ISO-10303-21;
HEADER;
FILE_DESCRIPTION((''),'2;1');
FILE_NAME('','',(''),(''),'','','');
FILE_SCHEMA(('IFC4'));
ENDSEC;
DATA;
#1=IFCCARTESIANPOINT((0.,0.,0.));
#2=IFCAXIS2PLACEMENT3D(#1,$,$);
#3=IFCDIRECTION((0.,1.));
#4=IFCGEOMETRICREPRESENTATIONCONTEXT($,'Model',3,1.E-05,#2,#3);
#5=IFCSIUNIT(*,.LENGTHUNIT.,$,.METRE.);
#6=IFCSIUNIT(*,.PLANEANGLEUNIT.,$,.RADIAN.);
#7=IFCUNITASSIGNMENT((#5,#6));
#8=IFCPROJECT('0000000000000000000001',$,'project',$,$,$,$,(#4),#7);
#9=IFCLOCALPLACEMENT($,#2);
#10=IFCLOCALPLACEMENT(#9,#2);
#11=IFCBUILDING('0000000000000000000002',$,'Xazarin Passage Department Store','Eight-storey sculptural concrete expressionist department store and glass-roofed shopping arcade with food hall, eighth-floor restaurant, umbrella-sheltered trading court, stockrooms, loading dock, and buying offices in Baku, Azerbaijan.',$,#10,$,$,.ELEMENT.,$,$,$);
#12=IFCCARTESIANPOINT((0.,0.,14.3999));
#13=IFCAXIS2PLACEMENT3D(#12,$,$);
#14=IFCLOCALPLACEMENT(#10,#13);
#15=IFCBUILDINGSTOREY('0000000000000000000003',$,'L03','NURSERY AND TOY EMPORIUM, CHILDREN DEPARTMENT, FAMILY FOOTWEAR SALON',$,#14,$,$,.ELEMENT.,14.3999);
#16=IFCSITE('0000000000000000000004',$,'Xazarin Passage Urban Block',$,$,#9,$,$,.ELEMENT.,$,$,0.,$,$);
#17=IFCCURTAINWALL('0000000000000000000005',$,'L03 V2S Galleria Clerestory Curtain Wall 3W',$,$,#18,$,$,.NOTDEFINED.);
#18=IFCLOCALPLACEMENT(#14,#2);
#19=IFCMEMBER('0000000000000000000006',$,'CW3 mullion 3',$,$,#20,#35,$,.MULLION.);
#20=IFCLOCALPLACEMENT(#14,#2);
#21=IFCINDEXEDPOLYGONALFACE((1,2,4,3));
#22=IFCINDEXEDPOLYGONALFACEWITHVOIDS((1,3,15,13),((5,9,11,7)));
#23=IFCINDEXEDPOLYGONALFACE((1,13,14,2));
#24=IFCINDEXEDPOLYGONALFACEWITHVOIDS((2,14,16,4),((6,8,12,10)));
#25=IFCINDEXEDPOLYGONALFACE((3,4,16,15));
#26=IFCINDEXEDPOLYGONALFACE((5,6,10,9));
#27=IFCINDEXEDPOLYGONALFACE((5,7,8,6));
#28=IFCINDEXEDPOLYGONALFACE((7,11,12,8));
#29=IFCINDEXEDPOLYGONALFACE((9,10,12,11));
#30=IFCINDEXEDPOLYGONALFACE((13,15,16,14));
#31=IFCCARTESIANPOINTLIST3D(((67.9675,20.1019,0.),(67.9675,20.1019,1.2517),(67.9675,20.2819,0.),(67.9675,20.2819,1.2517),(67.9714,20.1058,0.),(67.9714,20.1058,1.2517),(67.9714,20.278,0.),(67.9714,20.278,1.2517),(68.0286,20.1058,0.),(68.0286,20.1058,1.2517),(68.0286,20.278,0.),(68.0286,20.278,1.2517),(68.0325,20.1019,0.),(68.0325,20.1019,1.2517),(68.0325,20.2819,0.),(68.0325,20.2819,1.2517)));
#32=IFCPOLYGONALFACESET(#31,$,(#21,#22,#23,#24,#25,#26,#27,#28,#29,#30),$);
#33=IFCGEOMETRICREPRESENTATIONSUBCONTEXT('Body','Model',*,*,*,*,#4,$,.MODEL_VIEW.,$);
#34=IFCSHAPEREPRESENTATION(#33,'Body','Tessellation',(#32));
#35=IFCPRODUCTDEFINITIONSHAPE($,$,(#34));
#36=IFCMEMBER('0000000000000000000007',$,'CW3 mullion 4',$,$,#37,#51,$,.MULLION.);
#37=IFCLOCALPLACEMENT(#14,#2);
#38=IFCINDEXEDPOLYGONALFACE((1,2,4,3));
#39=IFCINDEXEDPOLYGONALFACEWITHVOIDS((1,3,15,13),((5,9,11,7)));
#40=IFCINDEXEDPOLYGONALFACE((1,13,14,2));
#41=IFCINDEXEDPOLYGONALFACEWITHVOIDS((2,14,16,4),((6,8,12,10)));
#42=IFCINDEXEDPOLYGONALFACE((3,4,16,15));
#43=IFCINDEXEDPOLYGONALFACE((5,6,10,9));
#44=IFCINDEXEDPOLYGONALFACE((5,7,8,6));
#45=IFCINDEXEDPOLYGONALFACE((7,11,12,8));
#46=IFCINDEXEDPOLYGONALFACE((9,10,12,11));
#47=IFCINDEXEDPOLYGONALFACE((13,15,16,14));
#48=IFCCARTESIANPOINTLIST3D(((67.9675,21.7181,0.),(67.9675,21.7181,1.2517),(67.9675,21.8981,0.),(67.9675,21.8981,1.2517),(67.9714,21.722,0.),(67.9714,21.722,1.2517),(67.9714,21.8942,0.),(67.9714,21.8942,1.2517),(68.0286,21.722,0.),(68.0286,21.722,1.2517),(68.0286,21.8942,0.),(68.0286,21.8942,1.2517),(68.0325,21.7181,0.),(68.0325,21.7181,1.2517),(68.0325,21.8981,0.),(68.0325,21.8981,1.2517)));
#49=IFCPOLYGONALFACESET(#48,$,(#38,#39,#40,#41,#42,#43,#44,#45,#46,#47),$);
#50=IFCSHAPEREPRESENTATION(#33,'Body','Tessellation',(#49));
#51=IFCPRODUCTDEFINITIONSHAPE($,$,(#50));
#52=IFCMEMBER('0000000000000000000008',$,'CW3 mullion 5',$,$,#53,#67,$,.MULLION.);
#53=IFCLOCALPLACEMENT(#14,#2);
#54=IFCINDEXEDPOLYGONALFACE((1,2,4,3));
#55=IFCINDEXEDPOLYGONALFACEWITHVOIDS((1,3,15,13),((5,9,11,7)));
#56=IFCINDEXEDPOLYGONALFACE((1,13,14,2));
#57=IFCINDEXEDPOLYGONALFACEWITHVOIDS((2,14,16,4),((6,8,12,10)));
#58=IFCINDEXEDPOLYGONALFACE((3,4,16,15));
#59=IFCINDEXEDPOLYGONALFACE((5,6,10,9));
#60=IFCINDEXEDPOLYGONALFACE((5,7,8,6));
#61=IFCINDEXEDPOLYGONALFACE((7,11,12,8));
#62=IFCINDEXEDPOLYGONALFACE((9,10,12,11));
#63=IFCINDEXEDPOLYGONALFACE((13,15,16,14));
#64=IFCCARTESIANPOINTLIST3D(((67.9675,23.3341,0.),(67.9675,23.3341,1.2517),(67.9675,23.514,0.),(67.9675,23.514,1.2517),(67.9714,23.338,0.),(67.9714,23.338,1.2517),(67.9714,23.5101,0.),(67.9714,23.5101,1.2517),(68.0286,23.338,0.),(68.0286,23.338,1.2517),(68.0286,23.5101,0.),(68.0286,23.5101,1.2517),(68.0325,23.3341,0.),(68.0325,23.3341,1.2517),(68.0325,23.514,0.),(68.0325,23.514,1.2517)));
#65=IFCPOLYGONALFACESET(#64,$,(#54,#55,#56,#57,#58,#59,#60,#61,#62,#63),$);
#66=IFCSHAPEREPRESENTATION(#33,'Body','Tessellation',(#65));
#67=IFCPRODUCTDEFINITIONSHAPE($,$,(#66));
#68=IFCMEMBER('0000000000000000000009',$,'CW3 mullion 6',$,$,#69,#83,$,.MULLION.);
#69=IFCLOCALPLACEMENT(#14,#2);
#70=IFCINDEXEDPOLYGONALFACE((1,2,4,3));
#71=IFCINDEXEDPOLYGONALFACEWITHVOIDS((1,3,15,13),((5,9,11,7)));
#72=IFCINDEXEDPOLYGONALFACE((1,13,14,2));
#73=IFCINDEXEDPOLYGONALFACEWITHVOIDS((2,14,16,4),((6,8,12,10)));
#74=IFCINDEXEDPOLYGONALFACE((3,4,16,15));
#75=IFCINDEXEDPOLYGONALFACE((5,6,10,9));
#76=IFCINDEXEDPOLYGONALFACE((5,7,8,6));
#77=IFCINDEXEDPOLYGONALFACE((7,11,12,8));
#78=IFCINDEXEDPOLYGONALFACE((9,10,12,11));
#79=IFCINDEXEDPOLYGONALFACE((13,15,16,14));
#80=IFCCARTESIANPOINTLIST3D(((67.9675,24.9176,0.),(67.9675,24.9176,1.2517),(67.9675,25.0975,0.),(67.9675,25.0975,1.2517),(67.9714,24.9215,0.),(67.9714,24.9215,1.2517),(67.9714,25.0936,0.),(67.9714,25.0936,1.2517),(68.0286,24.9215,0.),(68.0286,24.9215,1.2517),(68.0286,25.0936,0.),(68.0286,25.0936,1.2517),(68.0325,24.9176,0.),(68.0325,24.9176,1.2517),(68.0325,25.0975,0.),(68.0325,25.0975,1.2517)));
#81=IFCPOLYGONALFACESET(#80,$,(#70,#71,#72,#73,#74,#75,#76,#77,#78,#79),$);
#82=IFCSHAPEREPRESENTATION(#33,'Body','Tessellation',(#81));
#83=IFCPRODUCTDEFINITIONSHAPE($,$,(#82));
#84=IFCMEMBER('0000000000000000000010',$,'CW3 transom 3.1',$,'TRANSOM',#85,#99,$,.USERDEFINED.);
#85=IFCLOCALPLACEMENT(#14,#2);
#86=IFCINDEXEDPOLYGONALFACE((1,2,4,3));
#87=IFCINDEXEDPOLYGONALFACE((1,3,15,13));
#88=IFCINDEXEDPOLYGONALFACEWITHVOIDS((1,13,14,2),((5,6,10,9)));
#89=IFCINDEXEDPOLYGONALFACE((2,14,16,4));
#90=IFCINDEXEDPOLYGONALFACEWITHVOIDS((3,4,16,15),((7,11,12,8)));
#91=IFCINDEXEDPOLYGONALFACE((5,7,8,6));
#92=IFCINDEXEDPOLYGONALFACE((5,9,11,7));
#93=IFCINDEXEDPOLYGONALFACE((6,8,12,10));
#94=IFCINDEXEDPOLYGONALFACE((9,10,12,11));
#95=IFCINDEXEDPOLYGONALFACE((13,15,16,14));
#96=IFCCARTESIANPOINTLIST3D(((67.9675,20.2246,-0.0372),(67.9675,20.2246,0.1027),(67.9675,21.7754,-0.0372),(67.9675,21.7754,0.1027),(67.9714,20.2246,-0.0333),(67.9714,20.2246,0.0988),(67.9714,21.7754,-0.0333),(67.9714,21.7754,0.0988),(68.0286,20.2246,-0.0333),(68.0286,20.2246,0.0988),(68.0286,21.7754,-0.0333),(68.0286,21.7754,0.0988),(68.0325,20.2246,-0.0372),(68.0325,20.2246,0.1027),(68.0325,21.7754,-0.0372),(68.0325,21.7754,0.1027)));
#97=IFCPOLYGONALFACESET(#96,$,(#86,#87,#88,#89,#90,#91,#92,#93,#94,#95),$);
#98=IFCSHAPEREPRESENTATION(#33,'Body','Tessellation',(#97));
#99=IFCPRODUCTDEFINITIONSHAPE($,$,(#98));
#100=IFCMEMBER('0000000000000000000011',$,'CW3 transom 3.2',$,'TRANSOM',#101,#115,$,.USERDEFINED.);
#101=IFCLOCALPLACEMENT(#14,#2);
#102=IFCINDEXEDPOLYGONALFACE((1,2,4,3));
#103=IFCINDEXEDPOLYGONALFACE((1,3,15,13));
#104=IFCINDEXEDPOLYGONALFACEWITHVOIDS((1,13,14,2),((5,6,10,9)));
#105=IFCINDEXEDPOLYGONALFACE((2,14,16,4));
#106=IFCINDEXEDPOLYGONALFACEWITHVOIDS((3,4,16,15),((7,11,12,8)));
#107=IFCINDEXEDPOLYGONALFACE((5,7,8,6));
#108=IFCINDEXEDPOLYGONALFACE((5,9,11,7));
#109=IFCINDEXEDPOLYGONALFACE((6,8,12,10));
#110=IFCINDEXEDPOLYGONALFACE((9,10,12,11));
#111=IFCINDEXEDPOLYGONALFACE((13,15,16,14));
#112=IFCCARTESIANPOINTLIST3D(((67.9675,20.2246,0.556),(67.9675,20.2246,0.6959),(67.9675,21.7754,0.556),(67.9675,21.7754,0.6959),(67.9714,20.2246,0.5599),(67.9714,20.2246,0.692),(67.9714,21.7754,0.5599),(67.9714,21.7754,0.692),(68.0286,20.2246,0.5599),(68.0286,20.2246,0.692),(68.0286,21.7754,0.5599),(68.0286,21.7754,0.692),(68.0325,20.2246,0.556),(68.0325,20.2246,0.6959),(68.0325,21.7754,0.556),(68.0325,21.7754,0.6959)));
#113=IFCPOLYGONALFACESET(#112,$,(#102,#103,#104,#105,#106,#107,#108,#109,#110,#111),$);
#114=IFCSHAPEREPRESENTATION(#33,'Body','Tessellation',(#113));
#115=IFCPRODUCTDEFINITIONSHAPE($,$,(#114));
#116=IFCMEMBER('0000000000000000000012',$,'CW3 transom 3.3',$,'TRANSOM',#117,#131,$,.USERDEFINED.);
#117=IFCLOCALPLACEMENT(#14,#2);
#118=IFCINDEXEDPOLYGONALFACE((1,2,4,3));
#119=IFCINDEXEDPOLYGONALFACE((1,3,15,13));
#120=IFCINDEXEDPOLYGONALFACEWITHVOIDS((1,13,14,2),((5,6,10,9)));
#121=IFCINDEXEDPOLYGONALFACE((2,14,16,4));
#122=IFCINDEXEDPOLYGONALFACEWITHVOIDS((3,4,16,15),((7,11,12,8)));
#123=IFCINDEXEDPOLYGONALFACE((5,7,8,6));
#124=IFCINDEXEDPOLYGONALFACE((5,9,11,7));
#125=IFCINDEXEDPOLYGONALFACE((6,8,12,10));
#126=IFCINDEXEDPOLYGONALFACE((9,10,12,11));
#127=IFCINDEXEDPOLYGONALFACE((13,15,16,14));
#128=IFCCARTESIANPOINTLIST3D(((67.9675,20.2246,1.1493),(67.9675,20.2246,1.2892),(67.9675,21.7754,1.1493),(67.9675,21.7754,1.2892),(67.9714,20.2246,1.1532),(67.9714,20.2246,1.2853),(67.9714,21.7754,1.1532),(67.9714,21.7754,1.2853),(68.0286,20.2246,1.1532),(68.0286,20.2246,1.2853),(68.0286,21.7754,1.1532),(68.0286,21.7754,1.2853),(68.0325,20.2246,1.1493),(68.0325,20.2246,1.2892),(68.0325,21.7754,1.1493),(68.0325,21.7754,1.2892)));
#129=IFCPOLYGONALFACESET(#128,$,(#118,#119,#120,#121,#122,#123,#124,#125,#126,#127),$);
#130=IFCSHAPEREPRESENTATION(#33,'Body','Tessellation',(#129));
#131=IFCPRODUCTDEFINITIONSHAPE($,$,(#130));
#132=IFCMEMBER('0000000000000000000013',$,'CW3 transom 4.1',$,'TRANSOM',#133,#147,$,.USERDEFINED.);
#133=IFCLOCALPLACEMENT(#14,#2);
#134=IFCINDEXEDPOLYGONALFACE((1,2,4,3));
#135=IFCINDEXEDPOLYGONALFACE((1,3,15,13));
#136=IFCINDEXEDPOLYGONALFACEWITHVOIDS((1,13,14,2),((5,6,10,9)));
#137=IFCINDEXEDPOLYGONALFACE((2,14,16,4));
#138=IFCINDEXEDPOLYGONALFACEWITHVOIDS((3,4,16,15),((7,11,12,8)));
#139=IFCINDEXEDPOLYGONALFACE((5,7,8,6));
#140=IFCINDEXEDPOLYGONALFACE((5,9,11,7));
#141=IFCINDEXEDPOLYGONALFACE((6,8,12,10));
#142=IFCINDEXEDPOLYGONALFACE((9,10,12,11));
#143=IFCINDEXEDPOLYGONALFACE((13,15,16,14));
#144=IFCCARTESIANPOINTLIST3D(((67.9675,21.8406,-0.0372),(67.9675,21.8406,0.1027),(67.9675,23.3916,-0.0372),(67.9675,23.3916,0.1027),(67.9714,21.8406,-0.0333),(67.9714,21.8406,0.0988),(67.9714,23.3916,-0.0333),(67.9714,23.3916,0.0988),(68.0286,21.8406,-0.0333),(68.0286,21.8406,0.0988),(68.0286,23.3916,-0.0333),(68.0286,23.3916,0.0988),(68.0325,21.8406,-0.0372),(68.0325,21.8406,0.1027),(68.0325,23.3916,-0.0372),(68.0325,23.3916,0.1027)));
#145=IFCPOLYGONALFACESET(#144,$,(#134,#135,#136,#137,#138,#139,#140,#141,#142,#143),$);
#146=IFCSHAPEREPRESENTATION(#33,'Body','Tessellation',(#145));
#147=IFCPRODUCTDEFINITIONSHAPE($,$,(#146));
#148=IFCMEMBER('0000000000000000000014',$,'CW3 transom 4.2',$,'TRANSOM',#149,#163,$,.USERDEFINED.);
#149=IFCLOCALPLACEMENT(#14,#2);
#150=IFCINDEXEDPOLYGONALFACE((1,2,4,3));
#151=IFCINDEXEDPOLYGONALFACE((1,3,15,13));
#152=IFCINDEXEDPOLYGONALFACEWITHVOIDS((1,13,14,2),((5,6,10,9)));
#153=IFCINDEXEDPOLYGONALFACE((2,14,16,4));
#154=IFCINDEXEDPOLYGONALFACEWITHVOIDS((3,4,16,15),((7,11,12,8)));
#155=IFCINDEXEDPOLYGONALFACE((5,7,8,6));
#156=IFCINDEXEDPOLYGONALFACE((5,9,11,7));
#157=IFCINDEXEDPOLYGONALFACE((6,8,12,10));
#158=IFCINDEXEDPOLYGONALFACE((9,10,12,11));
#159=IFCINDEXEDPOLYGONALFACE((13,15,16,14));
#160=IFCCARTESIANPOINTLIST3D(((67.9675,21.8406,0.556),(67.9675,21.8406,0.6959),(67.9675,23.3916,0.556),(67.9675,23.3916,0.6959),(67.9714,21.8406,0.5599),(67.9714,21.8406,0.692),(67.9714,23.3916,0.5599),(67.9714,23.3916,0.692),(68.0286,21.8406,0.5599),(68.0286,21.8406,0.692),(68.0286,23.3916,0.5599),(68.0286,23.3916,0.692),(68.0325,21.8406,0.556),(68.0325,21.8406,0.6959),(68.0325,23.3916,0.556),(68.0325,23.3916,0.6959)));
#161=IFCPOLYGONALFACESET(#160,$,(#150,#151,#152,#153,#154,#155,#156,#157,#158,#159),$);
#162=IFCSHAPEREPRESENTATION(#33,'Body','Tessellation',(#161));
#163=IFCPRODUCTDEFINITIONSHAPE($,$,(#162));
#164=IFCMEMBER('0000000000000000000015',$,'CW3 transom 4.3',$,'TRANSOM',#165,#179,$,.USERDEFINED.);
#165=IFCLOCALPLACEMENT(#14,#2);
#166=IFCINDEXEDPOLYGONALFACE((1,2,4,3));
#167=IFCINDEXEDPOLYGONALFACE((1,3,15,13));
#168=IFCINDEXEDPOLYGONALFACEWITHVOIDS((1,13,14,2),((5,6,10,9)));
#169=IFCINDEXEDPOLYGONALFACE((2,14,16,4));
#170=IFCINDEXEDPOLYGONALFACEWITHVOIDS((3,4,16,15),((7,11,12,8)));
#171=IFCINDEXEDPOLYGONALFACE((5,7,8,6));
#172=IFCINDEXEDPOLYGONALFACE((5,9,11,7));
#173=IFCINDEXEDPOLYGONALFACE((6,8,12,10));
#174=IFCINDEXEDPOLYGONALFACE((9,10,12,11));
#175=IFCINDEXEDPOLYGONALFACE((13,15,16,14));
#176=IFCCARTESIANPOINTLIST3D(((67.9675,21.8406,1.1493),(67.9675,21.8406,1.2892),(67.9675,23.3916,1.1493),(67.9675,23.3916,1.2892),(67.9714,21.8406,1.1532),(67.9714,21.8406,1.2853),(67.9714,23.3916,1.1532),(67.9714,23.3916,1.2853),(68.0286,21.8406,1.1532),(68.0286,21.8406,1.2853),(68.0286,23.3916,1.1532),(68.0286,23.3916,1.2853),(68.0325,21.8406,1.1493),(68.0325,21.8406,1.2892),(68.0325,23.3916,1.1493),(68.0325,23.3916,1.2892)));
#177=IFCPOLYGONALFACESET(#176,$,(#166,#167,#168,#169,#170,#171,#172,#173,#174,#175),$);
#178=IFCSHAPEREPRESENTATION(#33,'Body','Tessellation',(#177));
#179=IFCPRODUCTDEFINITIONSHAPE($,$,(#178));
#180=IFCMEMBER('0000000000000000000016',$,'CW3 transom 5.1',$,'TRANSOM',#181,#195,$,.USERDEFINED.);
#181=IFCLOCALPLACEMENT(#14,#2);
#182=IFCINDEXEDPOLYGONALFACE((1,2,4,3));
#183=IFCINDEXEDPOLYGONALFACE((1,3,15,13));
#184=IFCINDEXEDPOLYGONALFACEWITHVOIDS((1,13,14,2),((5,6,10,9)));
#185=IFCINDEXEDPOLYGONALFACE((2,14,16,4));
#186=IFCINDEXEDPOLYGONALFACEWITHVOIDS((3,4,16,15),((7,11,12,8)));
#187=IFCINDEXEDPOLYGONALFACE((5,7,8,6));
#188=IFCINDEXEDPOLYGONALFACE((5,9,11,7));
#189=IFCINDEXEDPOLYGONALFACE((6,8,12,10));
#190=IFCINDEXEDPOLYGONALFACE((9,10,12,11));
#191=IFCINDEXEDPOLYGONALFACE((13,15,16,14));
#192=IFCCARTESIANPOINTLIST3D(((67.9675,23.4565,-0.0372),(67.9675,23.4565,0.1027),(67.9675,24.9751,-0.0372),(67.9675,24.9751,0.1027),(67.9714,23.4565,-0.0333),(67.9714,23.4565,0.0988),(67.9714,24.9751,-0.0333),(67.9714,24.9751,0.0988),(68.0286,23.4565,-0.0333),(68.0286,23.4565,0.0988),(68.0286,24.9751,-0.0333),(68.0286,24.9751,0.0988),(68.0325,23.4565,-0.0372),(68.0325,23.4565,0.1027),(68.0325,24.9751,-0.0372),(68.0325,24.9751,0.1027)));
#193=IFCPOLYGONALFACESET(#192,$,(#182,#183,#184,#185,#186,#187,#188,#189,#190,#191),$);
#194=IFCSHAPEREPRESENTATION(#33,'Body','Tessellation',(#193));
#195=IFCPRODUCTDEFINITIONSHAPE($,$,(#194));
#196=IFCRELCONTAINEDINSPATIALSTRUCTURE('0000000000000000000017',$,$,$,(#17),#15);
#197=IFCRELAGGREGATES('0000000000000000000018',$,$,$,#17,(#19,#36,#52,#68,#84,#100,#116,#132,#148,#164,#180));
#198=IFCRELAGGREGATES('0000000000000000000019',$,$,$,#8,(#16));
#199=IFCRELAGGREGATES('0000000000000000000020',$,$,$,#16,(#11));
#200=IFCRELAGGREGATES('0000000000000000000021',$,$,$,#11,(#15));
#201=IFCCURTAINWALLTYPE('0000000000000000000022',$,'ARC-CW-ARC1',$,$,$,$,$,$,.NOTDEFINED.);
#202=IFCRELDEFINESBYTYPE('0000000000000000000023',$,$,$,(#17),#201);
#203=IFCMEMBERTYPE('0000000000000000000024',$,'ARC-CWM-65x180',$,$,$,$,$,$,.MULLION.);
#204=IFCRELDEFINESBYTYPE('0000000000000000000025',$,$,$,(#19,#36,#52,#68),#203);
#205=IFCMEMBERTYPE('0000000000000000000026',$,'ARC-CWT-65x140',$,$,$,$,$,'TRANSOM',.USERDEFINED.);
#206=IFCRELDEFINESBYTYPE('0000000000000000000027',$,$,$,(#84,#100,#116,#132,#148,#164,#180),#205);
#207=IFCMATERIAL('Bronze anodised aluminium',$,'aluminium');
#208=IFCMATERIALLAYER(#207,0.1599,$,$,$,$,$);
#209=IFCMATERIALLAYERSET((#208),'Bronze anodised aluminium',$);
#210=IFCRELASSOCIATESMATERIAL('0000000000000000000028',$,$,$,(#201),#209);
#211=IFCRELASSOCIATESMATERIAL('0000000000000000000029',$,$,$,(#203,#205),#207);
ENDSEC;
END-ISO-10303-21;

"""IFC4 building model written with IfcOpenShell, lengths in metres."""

from ifc_helpers import new_model, si_unit, direction, frame, origin, origin_2d, place, context, subcontext, project, spatial, hollow_rectangle, extrude, material, layer, layer_set, material_profile, profile_set, type_object, element, aggregate, save


model = new_model("IFC4")

# Units and contexts
model_context = context("Model", 3, precision=1e-05, world=origin(), true_north=direction((0.0, 1.0)))
body_context = subcontext(model_context, "Body", "Model", "MODEL_VIEW")
ifc_project = project(units=[si_unit("LENGTHUNIT", "METRE"), si_unit("PLANEANGLEUNIT", "RADIAN")], contexts=[model_context])

# Site, building, storey
site_placement = place(None, origin())
site = spatial("IfcSite", under=ifc_project, at=site_placement, Name="Xazarin Passage Urban Block", CompositionType="ELEMENT", RefElevation=0.0)
building_placement = place(site_placement, origin())
building = spatial("IfcBuilding", under=site, at=building_placement, Name="Xazarin Passage Department Store", Description="Eight-storey sculptural concrete expressionist department store and glass-roofed shopping arcade with food hall, eighth-floor restaurant, umbrella-sheltered trading court, stockrooms, loading dock, and buying offices in Baku, Azerbaijan.", CompositionType="ELEMENT")
storey_placement = place(building_placement, frame((0.0, 0.0, 14.3999)))
storey = spatial("IfcBuildingStorey", under=building, at=storey_placement, Name="L03", Description="NURSERY AND TOY EMPORIUM, CHILDREN DEPARTMENT, FAMILY FOOTWEAR SALON", CompositionType="ELEMENT", Elevation=14.3999)

# Curtain wall, members
ifc_material_1 = material(Name="Bronze anodised aluminium", Category="aluminium")
ifc_layer_1 = layer(ifc_material_1, 0.1599)
ifc_layer_set_1 = layer_set([ifc_layer_1], Name="Bronze anodised aluminium")
curtain_wall_type = type_object("IfcCurtainWallType", Name="ARC-CW-ARC1", PredefinedType="NOTDEFINED", material=ifc_layer_set_1)
curtain_wall_placement = place(storey_placement, origin())
curtain_wall = element("IfcCurtainWall", 1, at=curtain_wall_placement, inside=storey, type_object=curtain_wall_type, Name="L03 V2S Galleria Clerestory Curtain Wall 3W", PredefinedType="NOTDEFINED")
ifc_material_profile_1 = material_profile(ifc_material_1, hollow_rectangle(XDim=0.0649, YDim=0.1799, WallThickness=0.0039, at=origin_2d()), Name="ALU 65x180")
ifc_profile_set_1 = profile_set([ifc_material_profile_1], Name="Bronze anodised aluminium")
member_type_1 = type_object("IfcMemberType", Name="ARC-CWM-65x180", PredefinedType="MULLION", material=ifc_profile_set_1)
member_1_placement = place(storey_placement, frame((68.0, 20.1919, 0.0), z_axis=(0.0, 0.0, 1.0), x_axis=(-1.0, 0.0, 0.0)))
member_1 = element("IfcMember", 2, at=member_1_placement, type_object=member_type_1, Name="CW3 mullion 3", PredefinedType="MULLION", context=body_context, shape_type="SweptSolid", body=[
    extrude(hollow_rectangle(XDim=0.0649, YDim=0.1799, WallThickness=0.0039, at=origin_2d()), origin(), (0.0, 0.0, 1.0), 1.2517),
])
member_2_placement = place(storey_placement, frame((68.0, 21.8081, 0.0), z_axis=(0.0, 0.0, 1.0), x_axis=(-1.0, 0.0, 0.0)))
member_2 = element("IfcMember", 3, at=member_2_placement, type_object=member_type_1, Name="CW3 mullion 4", PredefinedType="MULLION", context=body_context, shape_type="SweptSolid", body=[
    extrude(hollow_rectangle(XDim=0.0649, YDim=0.1799, WallThickness=0.0039, at=origin_2d()), origin(), (0.0, 0.0, 1.0), 1.2517),
])
member_3_placement = place(storey_placement, frame((68.0, 23.4241, 0.0), z_axis=(0.0, 0.0, 1.0), x_axis=(-1.0, 0.0, 0.0)))
member_3 = element("IfcMember", 4, at=member_3_placement, type_object=member_type_1, Name="CW3 mullion 5", PredefinedType="MULLION", context=body_context, shape_type="SweptSolid", body=[
    extrude(hollow_rectangle(XDim=0.0649, YDim=0.1799, WallThickness=0.0039, at=origin_2d()), origin(), (0.0, 0.0, 1.0), 1.2517),
])
member_4_placement = place(storey_placement, frame((68.0, 25.0076, 0.0), z_axis=(0.0, 0.0, 1.0), x_axis=(-1.0, 0.0, 0.0)))
member_4 = element("IfcMember", 5, at=member_4_placement, type_object=member_type_1, Name="CW3 mullion 6", PredefinedType="MULLION", context=body_context, shape_type="SweptSolid", body=[
    extrude(hollow_rectangle(XDim=0.0649, YDim=0.1799, WallThickness=0.0039, at=origin_2d()), origin(), (0.0, 0.0, 1.0), 1.2517),
])
ifc_material_profile_2 = material_profile(ifc_material_1, hollow_rectangle(XDim=0.0649, YDim=0.1399, WallThickness=0.0039, at=origin_2d()), Name="ALU 65x140")
ifc_profile_set_2 = profile_set([ifc_material_profile_2], Name="Bronze anodised aluminium")
member_type_2 = type_object("IfcMemberType", Name="ARC-CWT-65x140", ElementType="TRANSOM", PredefinedType="USERDEFINED", material=ifc_profile_set_2)
member_5_placement = place(storey_placement, frame((68.0, 20.2246, 0.0327), z_axis=(0.0, 1.0, 0.0), x_axis=(-1.0, 0.0, 0.0)))
member_5 = element("IfcMember", 6, at=member_5_placement, type_object=member_type_2, Name="CW3 transom 3.1", ObjectType="TRANSOM", PredefinedType="USERDEFINED", context=body_context, shape_type="SweptSolid", body=[
    extrude(hollow_rectangle(XDim=0.0649, YDim=0.1399, WallThickness=0.0039, at=origin_2d()), origin(), (0.0, 0.0, 1.0), 1.5508),
])
member_6_placement = place(storey_placement, frame((68.0, 20.2246, 0.626), z_axis=(0.0, 1.0, 0.0), x_axis=(-1.0, 0.0, 0.0)))
member_6 = element("IfcMember", 7, at=member_6_placement, type_object=member_type_2, Name="CW3 transom 3.2", ObjectType="TRANSOM", PredefinedType="USERDEFINED", context=body_context, shape_type="SweptSolid", body=[
    extrude(hollow_rectangle(XDim=0.0649, YDim=0.1399, WallThickness=0.0039, at=origin_2d()), origin(), (0.0, 0.0, 1.0), 1.5508),
])
member_7_placement = place(storey_placement, frame((68.0, 20.2246, 1.2192), z_axis=(0.0, 1.0, 0.0), x_axis=(-1.0, 0.0, 0.0)))
member_7 = element("IfcMember", 8, at=member_7_placement, type_object=member_type_2, Name="CW3 transom 3.3", ObjectType="TRANSOM", PredefinedType="USERDEFINED", context=body_context, shape_type="SweptSolid", body=[
    extrude(hollow_rectangle(XDim=0.0649, YDim=0.1399, WallThickness=0.0039, at=origin_2d()), origin(), (0.0, 0.0, 1.0), 1.5508),
])
member_8_placement = place(storey_placement, frame((68.0, 21.8406, 0.0327), z_axis=(0.0, 1.0, 0.0), x_axis=(-1.0, 0.0, 0.0)))
member_8 = element("IfcMember", 9, at=member_8_placement, type_object=member_type_2, Name="CW3 transom 4.1", ObjectType="TRANSOM", PredefinedType="USERDEFINED", context=body_context, shape_type="SweptSolid", body=[
    extrude(hollow_rectangle(XDim=0.0649, YDim=0.1399, WallThickness=0.0039, at=origin_2d()), origin(), (0.0, 0.0, 1.0), 1.551),
])
member_9_placement = place(storey_placement, frame((68.0, 21.8406, 0.626), z_axis=(0.0, 1.0, 0.0), x_axis=(-1.0, 0.0, 0.0)))
member_9 = element("IfcMember", 10, at=member_9_placement, type_object=member_type_2, Name="CW3 transom 4.2", ObjectType="TRANSOM", PredefinedType="USERDEFINED", context=body_context, shape_type="SweptSolid", body=[
    extrude(hollow_rectangle(XDim=0.0649, YDim=0.1399, WallThickness=0.0039, at=origin_2d()), origin(), (0.0, 0.0, 1.0), 1.551),
])
member_10_placement = place(storey_placement, frame((68.0, 21.8406, 1.2192), z_axis=(0.0, 1.0, 0.0), x_axis=(-1.0, 0.0, 0.0)))
member_10 = element("IfcMember", 11, at=member_10_placement, type_object=member_type_2, Name="CW3 transom 4.3", ObjectType="TRANSOM", PredefinedType="USERDEFINED", context=body_context, shape_type="SweptSolid", body=[
    extrude(hollow_rectangle(XDim=0.0649, YDim=0.1399, WallThickness=0.0039, at=origin_2d()), origin(), (0.0, 0.0, 1.0), 1.551),
])
member_11_placement = place(storey_placement, frame((68.0, 23.4565, 0.0327), z_axis=(0.0, 1.0, 0.0), x_axis=(-1.0, 0.0, 0.0)))
member_11 = element("IfcMember", 12, at=member_11_placement, type_object=member_type_2, Name="CW3 transom 5.1", ObjectType="TRANSOM", PredefinedType="USERDEFINED", context=body_context, shape_type="SweptSolid", body=[
    extrude(hollow_rectangle(XDim=0.0649, YDim=0.1399, WallThickness=0.0039, at=origin_2d()), origin(), (0.0, 0.0, 1.0), 1.5186),
])
aggregate(curtain_wall, [member_1, member_2, member_3, member_4, member_5, member_6, member_7, member_8, member_9, member_10, member_11])

save(model, "model.ifc")
